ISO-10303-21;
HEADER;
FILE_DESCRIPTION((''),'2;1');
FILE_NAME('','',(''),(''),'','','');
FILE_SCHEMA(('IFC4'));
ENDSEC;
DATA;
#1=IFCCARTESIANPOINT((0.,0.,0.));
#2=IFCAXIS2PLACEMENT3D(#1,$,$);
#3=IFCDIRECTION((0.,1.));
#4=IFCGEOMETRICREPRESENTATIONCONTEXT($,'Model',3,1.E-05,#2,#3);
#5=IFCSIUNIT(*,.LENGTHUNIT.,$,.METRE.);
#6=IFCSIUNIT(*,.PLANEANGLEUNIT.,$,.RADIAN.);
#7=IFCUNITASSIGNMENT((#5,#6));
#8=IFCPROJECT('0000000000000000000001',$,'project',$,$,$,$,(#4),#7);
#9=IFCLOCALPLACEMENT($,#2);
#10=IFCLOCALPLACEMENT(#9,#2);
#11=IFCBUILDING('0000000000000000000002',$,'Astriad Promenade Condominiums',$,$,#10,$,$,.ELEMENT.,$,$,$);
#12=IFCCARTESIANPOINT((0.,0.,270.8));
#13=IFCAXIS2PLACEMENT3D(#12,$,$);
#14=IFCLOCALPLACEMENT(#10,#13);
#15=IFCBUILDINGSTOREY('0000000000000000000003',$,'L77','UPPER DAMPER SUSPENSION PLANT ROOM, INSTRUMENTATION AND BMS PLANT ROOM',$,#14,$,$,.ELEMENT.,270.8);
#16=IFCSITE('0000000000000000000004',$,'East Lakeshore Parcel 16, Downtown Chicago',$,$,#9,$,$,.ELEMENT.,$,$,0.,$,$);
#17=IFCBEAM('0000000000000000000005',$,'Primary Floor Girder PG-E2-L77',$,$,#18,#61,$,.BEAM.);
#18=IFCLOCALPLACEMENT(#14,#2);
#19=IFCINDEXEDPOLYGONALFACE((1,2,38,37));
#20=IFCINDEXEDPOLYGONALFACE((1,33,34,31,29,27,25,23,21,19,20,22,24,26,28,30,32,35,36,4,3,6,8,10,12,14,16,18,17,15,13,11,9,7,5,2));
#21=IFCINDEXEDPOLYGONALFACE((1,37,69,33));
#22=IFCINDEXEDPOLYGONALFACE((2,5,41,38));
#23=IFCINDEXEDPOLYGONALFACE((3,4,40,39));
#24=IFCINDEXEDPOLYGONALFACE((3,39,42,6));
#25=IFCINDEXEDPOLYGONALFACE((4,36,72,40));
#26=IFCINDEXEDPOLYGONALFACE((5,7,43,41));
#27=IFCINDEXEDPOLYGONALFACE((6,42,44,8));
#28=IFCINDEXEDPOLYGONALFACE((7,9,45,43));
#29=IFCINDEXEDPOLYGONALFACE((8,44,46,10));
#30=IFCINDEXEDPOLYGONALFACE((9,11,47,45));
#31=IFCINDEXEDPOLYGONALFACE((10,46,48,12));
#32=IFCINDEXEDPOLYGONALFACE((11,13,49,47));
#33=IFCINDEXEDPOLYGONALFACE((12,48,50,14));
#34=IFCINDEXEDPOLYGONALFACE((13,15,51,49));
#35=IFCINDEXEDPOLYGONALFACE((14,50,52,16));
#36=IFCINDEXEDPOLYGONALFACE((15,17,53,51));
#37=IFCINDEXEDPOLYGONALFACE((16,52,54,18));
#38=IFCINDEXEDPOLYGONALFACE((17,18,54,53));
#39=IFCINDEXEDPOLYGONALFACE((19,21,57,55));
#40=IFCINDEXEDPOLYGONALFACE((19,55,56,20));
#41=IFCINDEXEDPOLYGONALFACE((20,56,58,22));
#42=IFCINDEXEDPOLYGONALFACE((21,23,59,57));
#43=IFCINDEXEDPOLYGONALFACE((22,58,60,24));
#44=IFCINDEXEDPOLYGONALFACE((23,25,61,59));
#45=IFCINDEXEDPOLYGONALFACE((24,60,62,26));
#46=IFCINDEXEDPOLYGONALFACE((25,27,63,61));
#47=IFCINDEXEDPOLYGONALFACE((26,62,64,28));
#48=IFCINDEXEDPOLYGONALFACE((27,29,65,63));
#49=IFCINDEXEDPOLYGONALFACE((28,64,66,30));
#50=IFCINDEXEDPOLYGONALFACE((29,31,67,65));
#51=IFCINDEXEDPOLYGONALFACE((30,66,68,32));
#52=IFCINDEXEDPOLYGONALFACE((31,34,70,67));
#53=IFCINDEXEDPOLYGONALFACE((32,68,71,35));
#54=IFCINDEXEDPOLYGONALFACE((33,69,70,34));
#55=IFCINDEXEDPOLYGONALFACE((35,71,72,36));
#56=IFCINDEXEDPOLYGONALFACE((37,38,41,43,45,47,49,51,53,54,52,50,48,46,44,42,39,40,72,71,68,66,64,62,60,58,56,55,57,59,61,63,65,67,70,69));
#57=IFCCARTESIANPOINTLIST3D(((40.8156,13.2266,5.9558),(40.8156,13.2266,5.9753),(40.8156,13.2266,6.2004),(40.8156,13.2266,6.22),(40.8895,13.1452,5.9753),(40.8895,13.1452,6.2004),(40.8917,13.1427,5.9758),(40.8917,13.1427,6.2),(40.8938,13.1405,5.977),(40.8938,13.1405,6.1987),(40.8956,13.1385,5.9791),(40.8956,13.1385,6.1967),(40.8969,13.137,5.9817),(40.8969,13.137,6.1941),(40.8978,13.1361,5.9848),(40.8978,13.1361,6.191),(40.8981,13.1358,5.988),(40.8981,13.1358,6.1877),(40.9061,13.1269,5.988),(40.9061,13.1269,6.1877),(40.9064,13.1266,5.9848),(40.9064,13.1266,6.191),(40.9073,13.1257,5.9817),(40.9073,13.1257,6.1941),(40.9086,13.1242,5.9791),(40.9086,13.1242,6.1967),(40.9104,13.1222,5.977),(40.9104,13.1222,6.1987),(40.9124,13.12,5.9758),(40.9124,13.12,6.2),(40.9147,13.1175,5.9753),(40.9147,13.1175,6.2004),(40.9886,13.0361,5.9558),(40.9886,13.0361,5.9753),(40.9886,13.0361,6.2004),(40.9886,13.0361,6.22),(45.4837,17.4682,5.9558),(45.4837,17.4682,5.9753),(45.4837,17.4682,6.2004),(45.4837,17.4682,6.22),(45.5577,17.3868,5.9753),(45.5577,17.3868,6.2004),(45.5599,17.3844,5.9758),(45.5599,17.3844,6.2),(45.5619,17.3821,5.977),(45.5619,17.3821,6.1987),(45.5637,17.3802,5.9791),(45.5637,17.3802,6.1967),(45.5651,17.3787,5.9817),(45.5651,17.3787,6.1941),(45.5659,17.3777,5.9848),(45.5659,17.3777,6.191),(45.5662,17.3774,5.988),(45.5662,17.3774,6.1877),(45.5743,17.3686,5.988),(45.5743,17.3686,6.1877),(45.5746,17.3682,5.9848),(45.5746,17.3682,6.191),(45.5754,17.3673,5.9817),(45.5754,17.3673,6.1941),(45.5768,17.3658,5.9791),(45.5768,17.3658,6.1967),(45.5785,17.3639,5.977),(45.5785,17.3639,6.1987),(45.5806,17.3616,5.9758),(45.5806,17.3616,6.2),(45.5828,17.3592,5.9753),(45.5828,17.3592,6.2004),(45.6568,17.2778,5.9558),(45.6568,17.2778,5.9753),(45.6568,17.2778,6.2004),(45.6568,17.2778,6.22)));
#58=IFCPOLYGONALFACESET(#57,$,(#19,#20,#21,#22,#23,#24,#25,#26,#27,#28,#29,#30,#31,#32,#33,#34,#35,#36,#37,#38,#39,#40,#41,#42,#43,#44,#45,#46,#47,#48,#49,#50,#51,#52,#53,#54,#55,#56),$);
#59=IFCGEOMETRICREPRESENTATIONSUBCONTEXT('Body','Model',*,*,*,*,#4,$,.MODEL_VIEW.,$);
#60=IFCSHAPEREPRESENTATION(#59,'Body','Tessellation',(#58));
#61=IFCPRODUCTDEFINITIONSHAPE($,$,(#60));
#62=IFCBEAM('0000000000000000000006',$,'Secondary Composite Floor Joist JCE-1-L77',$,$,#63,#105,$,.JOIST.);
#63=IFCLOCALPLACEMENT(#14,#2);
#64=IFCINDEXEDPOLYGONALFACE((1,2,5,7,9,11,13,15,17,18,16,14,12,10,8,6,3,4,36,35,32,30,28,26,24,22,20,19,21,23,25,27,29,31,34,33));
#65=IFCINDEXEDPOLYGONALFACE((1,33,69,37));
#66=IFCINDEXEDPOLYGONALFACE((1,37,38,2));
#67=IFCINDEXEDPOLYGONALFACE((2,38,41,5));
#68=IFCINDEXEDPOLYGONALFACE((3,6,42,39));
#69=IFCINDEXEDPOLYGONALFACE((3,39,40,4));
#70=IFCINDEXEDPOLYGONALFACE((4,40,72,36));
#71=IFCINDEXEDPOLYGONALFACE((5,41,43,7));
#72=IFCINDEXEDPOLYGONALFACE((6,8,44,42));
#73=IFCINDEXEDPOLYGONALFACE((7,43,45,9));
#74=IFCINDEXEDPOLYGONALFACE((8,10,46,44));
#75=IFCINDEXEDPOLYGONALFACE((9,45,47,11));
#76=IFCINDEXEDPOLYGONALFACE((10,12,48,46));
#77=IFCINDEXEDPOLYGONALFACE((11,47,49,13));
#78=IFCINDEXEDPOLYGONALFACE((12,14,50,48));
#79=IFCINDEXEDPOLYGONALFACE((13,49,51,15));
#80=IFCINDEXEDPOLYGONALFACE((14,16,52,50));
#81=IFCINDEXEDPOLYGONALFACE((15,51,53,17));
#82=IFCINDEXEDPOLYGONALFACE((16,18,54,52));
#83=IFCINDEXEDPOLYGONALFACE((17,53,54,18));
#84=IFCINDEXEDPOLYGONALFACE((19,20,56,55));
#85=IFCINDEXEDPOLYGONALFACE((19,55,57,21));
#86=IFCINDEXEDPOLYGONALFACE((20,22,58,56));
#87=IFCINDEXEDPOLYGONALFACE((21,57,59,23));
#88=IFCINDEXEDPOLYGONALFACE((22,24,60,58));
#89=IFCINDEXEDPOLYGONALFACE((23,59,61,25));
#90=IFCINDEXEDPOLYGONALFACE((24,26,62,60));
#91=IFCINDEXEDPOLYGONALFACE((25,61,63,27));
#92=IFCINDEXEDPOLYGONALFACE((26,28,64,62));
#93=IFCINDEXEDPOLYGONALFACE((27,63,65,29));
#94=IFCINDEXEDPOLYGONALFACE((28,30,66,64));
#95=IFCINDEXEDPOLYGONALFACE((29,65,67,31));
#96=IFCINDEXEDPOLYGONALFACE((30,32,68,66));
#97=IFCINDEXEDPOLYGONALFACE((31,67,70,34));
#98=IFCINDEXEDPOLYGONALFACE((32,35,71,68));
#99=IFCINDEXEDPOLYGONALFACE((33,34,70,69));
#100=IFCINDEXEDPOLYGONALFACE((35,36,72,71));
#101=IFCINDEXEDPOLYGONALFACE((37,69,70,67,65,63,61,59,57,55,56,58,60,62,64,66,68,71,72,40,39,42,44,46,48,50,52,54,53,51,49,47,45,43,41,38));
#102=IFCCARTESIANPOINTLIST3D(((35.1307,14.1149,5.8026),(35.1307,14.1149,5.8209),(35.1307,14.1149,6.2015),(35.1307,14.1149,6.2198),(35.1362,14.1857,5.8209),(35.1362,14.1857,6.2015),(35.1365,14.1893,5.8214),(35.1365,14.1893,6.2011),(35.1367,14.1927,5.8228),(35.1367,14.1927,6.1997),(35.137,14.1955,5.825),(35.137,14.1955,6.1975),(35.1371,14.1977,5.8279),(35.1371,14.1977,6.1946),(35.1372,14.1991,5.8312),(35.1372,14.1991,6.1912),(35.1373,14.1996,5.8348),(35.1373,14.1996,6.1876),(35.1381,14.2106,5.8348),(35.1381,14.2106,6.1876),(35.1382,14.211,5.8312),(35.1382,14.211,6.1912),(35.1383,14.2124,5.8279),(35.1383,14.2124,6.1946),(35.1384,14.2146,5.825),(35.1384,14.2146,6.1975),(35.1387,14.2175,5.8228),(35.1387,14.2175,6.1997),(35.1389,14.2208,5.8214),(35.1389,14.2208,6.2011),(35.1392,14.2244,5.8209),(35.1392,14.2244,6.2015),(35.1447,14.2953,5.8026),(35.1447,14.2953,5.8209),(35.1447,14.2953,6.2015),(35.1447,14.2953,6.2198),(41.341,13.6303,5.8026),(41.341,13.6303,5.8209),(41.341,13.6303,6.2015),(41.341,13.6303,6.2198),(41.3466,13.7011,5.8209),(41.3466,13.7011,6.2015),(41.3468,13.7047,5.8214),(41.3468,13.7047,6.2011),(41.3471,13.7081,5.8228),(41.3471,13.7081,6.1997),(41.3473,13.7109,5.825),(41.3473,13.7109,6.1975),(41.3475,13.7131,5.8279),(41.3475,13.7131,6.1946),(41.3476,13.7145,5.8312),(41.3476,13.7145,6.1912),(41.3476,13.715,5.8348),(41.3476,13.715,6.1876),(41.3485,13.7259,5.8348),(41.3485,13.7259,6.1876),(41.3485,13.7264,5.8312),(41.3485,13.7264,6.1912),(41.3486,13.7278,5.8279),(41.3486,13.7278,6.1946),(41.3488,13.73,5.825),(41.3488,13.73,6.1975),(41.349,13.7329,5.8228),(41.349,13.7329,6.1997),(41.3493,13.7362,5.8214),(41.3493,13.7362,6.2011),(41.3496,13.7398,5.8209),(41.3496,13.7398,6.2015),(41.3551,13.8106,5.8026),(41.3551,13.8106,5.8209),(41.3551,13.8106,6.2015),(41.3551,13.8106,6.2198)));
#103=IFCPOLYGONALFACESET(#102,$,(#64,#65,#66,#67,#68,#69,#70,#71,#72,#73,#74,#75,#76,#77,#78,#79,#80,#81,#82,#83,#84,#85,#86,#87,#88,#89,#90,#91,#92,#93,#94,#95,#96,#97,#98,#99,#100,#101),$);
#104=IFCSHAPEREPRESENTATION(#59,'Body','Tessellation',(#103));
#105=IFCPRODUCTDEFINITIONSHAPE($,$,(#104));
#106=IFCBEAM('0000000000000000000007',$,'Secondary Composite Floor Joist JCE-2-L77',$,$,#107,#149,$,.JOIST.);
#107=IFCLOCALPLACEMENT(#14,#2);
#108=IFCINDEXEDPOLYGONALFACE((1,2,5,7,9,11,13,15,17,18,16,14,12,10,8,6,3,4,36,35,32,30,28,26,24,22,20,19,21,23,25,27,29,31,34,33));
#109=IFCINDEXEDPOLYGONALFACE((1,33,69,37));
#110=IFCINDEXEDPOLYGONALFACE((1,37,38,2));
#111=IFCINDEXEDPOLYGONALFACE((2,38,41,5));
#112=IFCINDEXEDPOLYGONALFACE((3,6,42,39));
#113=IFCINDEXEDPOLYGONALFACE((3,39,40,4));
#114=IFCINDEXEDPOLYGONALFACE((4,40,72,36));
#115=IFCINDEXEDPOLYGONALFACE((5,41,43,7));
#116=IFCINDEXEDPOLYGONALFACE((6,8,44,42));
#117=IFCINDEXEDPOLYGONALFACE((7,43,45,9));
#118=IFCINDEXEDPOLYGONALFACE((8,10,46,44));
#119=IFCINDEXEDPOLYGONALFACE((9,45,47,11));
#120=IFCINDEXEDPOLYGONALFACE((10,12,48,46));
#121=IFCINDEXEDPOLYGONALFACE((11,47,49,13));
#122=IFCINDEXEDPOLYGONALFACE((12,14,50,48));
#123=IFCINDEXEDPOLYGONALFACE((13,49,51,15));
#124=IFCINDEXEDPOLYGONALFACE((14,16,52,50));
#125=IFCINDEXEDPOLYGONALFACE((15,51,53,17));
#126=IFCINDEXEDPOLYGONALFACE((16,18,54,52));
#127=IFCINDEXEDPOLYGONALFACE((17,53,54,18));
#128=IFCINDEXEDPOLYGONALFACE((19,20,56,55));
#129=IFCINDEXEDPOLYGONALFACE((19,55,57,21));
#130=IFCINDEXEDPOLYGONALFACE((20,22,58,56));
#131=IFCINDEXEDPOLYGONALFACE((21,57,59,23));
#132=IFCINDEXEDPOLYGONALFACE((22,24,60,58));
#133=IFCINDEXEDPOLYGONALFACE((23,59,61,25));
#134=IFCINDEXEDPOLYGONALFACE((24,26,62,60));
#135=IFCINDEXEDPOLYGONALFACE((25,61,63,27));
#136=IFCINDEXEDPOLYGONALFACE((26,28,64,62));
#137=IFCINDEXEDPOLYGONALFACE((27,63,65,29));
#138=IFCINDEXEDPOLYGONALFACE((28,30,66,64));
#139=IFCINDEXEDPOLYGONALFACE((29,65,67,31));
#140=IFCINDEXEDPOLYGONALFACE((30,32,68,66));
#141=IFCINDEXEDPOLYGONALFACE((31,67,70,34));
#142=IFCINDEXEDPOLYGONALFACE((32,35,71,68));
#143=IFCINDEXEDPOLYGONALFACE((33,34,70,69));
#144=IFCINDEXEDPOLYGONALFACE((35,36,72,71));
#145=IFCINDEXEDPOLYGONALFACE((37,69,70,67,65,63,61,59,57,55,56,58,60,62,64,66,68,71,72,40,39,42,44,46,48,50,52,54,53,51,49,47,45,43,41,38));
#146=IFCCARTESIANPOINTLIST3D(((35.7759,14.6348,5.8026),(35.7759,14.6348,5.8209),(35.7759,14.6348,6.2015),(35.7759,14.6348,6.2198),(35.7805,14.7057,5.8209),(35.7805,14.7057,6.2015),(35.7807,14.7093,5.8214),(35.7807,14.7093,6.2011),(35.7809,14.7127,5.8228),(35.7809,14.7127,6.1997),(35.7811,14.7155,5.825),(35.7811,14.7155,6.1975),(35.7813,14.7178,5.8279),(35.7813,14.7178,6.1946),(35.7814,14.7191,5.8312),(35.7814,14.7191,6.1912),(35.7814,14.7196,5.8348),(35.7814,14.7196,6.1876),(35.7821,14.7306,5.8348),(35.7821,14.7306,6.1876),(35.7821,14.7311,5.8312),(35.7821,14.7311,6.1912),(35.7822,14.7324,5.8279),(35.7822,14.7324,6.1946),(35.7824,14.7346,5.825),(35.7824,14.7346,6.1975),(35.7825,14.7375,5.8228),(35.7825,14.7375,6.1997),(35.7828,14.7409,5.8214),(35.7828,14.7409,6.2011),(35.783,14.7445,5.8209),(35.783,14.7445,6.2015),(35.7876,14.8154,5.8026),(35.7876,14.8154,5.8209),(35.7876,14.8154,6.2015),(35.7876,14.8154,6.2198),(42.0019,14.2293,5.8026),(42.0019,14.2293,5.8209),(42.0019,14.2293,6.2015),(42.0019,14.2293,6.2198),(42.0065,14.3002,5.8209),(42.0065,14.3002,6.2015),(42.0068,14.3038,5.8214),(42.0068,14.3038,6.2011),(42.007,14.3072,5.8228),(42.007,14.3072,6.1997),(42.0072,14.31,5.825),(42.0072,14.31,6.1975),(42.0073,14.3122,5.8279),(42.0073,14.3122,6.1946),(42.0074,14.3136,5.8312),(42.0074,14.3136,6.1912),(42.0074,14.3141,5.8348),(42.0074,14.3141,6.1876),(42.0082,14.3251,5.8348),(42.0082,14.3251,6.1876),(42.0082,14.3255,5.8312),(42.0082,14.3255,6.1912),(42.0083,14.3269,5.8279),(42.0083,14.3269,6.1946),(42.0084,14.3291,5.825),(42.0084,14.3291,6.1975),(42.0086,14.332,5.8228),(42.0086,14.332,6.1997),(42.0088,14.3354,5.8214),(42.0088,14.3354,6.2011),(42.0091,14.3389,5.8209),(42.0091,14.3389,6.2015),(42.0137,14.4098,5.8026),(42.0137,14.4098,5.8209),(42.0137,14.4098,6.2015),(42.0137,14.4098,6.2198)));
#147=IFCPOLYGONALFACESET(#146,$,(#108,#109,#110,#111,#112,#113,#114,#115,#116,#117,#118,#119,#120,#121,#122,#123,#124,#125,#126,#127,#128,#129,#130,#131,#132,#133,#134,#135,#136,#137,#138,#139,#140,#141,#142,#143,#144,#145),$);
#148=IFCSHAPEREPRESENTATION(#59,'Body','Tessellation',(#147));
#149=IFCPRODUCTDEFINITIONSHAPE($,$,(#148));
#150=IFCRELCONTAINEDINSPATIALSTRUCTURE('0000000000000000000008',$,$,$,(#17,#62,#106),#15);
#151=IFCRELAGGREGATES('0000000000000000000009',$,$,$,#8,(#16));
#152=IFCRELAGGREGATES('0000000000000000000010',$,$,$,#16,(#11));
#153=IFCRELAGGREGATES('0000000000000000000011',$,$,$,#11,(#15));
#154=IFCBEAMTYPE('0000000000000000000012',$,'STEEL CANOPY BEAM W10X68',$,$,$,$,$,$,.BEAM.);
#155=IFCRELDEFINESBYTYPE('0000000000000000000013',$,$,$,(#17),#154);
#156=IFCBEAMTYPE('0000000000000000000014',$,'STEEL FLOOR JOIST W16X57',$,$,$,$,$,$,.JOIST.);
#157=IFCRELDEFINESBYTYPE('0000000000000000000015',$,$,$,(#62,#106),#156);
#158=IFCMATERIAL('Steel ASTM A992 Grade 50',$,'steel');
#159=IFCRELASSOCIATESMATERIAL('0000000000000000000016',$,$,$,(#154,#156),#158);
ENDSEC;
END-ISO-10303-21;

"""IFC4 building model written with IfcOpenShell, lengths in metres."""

from ifc_helpers import new_model, si_unit, direction, frame, origin, origin_2d, place, context, subcontext, project, spatial, i_section, extrude, source, transform, mapped, material, material_profile, profile_set, type_object, type_shapes, element, save


model = new_model("IFC4")

# Units and contexts
model_context = context("Model", 3, precision=1e-05, world=origin(), true_north=direction((0.0, 1.0)))
body_context = subcontext(model_context, "Body", "Model", "MODEL_VIEW")
ifc_project = project(units=[si_unit("LENGTHUNIT", "METRE"), si_unit("PLANEANGLEUNIT", "RADIAN")], contexts=[model_context])

# Site, building, storey
site_placement = place(None, origin())
site = spatial("IfcSite", under=ifc_project, at=site_placement, Name="East Lakeshore Parcel 16, Downtown Chicago", CompositionType="ELEMENT", RefElevation=0.0)
building_placement = place(site_placement, origin())
building = spatial("IfcBuilding", under=site, at=building_placement, Name="Astriad Promenade Condominiums", CompositionType="ELEMENT")
storey_placement = place(building_placement, frame((0.0, 0.0, 270.8)))
storey = spatial("IfcBuildingStorey", under=building, at=storey_placement, Name="L77", Description="UPPER DAMPER SUSPENSION PLANT ROOM, INSTRUMENTATION AND BMS PLANT ROOM", CompositionType="ELEMENT", Elevation=270.8)

# Beams
ifc_material_1 = material(Name="Steel ASTM A992 Grade 50", Category="steel")
ifc_material_profile_1 = material_profile(ifc_material_1, i_section(OverallWidth=0.2573, OverallDepth=0.2642, WebThickness=0.012, FlangeThickness=0.0195, FilletRadius=0.0127, at=origin_2d()), Name="W10X68")
ifc_profile_set_1 = profile_set([ifc_material_profile_1], Name="Steel ASTM A992 Grade 50")
beam_type_1 = type_object("IfcBeamType", Name="STEEL CANOPY BEAM W10X68", PredefinedType="BEAM", material=ifc_profile_set_1)
shared_shape_1 = source(origin(), body_context, "Body", "SweptSolid", [
    extrude(i_section(OverallWidth=0.2573, OverallDepth=0.2642, WebThickness=0.012, FlangeThickness=0.0195, FilletRadius=0.0127, at=origin_2d()), origin(), (0.0, 0.0, 1.0), 6.3074),
])
beam_1_placement = place(storey_placement, frame((40.9021, 13.1313, 6.0879), z_axis=(0.740108, 0.672488, 0.0), x_axis=(-0.672488, 0.740108, 0.0)))
element("IfcBeam", 1, at=beam_1_placement, inside=storey, type_object=beam_type_1, Name="Primary Floor Girder PG-E2-L77", PredefinedType="BEAM", context=body_context, shape_type="MappedRepresentation", body=[
    mapped(shared_shape_1, transform((0.0, 0.0, 0.0), scale=1.0)),
])
ifc_material_profile_2 = material_profile(ifc_material_1, i_section(OverallWidth=0.1809, OverallDepth=0.4172, WebThickness=0.011, FlangeThickness=0.0183, FilletRadius=0.0139, at=origin_2d()), Name="W16X57")
ifc_profile_set_2 = profile_set([ifc_material_profile_2], Name="Steel ASTM A992 Grade 50")
beam_type_2 = type_object("IfcBeamType", Name="STEEL FLOOR JOIST W16X57", PredefinedType="JOIST", material=ifc_profile_set_2)
shared_shape_2 = source(origin(), body_context, "Body", "SweptSolid", [
    extrude(i_section(OverallWidth=0.1809, OverallDepth=0.4172, WebThickness=0.011, FlangeThickness=0.0183, FilletRadius=0.0139, at=origin_2d()), origin(), (0.0, 0.0, 1.0), 6.2292),
])
beam_2_placement = place(storey_placement, frame((35.1377, 14.2051, 6.0112), z_axis=(0.996969, -0.077796, 0.0), x_axis=(0.077796, 0.996969, 0.0)))
element("IfcBeam", 2, at=beam_2_placement, inside=storey, type_object=beam_type_2, Name="Secondary Composite Floor Joist JCE-1-L77", PredefinedType="JOIST", context=body_context, shape_type="MappedRepresentation", body=[
    mapped(shared_shape_2, transform((0.0, 0.0, 0.0), scale=1.0)),
])
shared_shape_3 = source(origin(), body_context, "Body", "SweptSolid", [
    extrude(i_section(OverallWidth=0.1809, OverallDepth=0.4172, WebThickness=0.011, FlangeThickness=0.0183, FilletRadius=0.0139, at=origin_2d()), origin(), (0.0, 0.0, 1.0), 6.2393),
])
type_shapes(beam_type_2, [shared_shape_2, shared_shape_3])
beam_3_placement = place(storey_placement, frame((35.7817, 14.7251, 6.0112), z_axis=(0.997886, -0.064994, 0.0), x_axis=(0.064994, 0.997886, 0.0)))
element("IfcBeam", 3, at=beam_3_placement, inside=storey, type_object=beam_type_2, Name="Secondary Composite Floor Joist JCE-2-L77", PredefinedType="JOIST", context=body_context, shape_type="MappedRepresentation", body=[
    mapped(shared_shape_3, transform((0.0, 0.0, 0.0), scale=1.0)),
])

save(model, "model.ifc")
